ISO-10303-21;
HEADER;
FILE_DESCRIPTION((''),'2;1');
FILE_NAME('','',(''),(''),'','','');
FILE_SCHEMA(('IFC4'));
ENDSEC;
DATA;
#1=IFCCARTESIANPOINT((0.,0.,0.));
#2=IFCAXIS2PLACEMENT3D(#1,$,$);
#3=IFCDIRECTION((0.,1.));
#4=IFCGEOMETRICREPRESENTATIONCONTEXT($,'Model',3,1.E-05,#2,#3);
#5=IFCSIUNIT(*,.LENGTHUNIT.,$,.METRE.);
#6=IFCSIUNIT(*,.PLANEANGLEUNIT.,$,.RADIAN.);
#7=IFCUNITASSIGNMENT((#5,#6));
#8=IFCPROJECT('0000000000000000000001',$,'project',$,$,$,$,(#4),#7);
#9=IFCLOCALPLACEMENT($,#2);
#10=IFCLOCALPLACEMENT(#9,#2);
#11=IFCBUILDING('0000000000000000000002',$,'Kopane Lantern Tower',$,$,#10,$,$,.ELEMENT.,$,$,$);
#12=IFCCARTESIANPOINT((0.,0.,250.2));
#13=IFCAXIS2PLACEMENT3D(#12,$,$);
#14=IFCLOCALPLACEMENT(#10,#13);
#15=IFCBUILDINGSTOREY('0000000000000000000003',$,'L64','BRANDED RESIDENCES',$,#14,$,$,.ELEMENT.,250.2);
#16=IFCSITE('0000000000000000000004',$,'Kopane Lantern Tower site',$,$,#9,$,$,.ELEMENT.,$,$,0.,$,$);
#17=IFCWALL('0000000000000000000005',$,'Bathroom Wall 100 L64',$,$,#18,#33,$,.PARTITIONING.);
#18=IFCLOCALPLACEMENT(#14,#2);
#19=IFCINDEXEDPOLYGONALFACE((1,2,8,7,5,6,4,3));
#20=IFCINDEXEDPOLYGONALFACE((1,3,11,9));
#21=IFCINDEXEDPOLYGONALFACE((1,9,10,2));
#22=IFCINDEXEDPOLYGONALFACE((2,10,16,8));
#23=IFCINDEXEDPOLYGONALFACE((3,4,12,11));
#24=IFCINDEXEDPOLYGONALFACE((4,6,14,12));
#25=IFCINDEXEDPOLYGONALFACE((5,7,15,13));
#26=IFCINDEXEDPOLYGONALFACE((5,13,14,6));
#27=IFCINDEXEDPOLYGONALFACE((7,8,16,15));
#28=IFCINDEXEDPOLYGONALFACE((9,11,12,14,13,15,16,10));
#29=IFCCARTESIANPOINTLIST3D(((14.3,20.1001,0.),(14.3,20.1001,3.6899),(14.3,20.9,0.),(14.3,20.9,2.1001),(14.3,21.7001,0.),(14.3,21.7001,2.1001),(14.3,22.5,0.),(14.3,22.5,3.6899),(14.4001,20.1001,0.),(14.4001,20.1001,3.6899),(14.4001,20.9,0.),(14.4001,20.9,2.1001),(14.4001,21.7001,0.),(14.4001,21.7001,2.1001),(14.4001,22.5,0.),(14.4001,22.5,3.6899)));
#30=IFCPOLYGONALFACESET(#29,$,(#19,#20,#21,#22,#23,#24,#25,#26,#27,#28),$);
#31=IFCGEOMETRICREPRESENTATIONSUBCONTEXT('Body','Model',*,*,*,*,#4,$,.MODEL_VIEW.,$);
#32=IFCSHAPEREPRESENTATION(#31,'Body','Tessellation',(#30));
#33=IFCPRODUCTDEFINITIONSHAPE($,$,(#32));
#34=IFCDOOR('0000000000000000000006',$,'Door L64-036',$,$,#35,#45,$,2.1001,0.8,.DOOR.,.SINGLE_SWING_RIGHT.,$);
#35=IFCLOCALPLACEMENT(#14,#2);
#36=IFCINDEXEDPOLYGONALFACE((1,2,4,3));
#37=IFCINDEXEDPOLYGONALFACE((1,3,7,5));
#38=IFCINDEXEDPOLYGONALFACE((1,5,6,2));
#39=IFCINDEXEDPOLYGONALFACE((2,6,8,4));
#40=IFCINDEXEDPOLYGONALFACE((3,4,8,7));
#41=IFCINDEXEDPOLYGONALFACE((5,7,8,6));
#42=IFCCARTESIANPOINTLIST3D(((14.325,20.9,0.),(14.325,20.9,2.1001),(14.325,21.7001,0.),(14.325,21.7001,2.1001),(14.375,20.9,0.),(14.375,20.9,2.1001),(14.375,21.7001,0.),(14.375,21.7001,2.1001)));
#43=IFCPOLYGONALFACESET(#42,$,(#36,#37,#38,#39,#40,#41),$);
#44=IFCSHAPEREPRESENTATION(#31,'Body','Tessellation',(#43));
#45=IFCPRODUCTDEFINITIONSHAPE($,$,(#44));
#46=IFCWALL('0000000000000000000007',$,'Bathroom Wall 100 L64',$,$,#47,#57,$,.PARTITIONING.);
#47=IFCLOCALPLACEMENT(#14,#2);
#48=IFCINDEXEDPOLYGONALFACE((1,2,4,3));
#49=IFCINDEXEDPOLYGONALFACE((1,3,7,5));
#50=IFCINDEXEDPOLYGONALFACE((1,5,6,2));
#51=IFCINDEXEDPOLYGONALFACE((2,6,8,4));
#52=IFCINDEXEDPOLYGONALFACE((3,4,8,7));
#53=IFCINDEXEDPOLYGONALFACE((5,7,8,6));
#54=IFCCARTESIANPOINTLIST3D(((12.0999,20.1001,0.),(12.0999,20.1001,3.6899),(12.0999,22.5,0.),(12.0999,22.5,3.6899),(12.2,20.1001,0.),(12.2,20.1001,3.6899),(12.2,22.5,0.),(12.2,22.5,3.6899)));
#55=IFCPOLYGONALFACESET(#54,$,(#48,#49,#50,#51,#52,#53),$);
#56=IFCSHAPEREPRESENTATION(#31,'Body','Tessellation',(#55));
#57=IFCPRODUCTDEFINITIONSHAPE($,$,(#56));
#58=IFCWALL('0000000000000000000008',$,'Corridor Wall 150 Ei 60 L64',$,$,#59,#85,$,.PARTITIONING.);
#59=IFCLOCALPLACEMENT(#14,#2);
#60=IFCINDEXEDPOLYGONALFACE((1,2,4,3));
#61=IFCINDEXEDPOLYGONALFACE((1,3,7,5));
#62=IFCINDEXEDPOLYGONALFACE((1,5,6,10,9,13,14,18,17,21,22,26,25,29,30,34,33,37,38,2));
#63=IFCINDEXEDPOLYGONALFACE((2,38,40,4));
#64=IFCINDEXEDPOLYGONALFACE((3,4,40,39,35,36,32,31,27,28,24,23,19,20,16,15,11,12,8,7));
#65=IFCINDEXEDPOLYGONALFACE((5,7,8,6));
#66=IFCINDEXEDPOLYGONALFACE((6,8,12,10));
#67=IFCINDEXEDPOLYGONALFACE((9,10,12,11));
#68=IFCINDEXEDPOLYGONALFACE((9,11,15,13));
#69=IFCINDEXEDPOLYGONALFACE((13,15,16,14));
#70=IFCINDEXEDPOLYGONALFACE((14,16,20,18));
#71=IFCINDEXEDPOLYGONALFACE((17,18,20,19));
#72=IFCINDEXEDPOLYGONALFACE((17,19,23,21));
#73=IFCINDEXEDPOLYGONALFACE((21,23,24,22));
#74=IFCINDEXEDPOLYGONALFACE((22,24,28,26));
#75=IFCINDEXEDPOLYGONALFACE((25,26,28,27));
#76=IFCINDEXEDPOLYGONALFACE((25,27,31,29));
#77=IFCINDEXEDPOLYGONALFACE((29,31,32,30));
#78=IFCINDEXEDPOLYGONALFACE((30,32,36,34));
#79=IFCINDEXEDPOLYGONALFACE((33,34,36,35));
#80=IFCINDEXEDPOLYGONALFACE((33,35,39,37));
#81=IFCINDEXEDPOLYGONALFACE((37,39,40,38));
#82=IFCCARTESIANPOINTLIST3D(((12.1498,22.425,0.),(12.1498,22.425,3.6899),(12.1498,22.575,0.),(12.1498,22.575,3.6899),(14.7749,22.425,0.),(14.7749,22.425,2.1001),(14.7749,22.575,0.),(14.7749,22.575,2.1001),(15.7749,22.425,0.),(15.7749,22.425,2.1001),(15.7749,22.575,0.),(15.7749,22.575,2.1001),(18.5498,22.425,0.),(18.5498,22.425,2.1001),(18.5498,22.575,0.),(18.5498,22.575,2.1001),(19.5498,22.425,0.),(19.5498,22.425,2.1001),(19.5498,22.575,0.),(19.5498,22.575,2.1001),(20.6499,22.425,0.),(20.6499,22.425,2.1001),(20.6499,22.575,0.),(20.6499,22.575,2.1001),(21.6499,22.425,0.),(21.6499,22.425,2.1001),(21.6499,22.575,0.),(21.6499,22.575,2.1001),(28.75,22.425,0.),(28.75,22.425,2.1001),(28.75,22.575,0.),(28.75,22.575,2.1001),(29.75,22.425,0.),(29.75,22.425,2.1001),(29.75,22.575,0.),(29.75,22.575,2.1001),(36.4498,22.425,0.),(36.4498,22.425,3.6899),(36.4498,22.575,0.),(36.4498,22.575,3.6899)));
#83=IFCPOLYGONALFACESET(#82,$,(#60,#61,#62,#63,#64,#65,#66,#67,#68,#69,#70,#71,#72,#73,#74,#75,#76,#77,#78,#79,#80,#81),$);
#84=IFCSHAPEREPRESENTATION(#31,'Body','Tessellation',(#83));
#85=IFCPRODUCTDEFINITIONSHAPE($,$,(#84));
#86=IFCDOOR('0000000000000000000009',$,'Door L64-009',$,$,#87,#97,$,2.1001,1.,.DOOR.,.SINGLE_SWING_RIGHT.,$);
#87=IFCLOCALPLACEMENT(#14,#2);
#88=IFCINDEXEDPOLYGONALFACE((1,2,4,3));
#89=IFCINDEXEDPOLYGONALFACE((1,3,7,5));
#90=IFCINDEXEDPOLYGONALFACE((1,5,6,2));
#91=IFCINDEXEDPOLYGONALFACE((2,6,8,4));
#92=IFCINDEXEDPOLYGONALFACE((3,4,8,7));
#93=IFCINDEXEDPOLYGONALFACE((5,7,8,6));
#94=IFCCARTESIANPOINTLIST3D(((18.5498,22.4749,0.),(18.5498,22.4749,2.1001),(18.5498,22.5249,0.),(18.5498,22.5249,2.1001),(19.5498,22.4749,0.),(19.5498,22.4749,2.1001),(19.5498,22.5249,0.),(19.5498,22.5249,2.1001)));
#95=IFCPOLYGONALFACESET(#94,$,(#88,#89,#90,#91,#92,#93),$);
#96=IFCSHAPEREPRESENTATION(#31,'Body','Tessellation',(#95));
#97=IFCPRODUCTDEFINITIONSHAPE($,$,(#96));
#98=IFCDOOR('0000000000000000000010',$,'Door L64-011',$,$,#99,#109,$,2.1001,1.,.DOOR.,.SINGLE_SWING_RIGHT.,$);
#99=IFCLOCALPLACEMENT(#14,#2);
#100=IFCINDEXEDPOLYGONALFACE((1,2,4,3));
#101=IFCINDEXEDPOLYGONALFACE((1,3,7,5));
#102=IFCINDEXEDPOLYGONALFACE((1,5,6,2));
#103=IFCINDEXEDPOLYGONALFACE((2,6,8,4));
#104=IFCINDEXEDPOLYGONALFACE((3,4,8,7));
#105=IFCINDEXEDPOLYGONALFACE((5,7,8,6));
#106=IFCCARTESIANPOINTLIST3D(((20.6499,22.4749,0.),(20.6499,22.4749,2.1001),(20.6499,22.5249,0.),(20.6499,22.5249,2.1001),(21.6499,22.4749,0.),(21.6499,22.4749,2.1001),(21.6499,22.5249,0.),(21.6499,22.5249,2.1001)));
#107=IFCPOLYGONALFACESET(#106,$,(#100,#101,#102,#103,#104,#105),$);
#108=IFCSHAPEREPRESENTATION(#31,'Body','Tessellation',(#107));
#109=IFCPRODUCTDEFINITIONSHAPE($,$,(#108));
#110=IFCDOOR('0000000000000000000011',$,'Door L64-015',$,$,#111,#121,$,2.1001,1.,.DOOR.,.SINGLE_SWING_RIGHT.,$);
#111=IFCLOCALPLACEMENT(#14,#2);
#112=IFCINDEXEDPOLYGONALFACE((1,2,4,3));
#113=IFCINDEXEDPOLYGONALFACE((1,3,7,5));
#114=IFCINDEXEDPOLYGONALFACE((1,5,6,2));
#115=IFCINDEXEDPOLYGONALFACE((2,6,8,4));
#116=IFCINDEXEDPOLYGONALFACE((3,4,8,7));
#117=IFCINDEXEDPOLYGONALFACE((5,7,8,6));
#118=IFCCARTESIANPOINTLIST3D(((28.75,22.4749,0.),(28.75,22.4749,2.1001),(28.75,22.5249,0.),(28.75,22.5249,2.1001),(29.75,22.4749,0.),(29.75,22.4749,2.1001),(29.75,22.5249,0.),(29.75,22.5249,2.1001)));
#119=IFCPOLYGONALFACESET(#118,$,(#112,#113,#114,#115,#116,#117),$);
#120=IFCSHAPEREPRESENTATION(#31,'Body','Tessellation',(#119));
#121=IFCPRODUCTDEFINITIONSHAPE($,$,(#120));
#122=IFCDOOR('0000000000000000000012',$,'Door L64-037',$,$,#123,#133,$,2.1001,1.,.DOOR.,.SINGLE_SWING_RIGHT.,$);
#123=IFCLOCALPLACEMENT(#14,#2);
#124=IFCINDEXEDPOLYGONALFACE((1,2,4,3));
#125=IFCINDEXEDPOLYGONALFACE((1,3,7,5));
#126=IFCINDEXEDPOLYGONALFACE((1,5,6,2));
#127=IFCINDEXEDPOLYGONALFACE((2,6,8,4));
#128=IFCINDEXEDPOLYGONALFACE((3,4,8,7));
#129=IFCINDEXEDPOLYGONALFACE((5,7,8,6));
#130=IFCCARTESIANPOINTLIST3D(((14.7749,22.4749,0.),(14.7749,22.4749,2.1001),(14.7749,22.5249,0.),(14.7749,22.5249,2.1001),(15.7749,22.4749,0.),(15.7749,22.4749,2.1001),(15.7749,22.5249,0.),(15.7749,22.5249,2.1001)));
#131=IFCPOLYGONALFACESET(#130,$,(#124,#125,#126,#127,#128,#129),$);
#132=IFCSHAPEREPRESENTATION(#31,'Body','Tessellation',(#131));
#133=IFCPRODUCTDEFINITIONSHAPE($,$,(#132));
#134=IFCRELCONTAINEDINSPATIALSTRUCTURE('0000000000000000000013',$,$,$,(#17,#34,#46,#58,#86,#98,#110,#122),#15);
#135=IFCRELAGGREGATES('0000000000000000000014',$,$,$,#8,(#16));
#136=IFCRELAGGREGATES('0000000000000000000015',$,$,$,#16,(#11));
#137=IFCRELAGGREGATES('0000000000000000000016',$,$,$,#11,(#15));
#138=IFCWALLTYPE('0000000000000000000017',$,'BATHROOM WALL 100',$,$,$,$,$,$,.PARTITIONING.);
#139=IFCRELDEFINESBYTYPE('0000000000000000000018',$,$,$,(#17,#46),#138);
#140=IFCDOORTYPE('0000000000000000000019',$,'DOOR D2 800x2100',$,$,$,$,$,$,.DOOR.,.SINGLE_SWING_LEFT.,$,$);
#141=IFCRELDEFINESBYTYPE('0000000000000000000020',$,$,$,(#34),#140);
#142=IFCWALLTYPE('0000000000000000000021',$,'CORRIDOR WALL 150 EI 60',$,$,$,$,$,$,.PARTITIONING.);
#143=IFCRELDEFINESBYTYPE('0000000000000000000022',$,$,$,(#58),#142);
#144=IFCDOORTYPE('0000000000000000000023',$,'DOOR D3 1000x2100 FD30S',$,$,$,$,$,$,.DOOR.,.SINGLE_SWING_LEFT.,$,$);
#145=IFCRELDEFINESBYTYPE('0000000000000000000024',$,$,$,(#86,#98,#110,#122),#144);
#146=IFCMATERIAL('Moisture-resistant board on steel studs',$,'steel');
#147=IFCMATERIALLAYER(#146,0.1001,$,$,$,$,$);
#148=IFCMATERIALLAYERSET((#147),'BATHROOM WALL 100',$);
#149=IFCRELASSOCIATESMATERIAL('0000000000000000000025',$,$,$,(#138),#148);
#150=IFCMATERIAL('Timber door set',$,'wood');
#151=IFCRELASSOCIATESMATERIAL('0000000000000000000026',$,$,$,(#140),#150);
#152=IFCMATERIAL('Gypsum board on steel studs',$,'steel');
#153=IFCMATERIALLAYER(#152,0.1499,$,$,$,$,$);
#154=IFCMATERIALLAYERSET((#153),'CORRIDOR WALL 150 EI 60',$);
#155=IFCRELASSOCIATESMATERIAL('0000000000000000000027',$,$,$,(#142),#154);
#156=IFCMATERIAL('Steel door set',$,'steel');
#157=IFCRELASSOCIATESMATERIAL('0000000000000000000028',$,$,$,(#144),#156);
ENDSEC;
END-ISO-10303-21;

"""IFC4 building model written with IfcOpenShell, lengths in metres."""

from ifc_helpers import new_model, si_unit, direction, frame, frame_2d, origin, place, context, subcontext, project, spatial, rectangle, extrude, material, layer, layer_set, type_object, element, fill, save


model = new_model("IFC4")

# Units and contexts
model_context = context("Model", 3, precision=1e-05, world=origin(), true_north=direction((0.0, 1.0)))
body_context = subcontext(model_context, "Body", "Model", "MODEL_VIEW")
ifc_project = project(units=[si_unit("LENGTHUNIT", "METRE"), si_unit("PLANEANGLEUNIT", "RADIAN")], contexts=[model_context])

# Site, building, storey
site_placement = place(None, origin())
site = spatial("IfcSite", under=ifc_project, at=site_placement, Name="Kopane Lantern Tower site", CompositionType="ELEMENT", RefElevation=0.0)
building_placement = place(site_placement, origin())
building = spatial("IfcBuilding", under=site, at=building_placement, Name="Kopane Lantern Tower", CompositionType="ELEMENT")
storey_placement = place(building_placement, frame((0.0, 0.0, 250.2)))
storey = spatial("IfcBuildingStorey", under=building, at=storey_placement, Name="L64", Description="BRANDED RESIDENCES", CompositionType="ELEMENT", Elevation=250.2)

# Wall, opening, door
ifc_material_1 = material(Name="Moisture-resistant board on steel studs", Category="steel")
ifc_layer_1 = layer(ifc_material_1, 0.1001)
ifc_layer_set_1 = layer_set([ifc_layer_1], Name="BATHROOM WALL 100")
wall_type_1 = type_object("IfcWallType", Name="BATHROOM WALL 100", PredefinedType="PARTITIONING", material=ifc_layer_set_1)
wall_1_placement = place(storey_placement, frame((14.3501, 22.5, 0.0), z_axis=(0.0, 0.0, 1.0), x_axis=(0.0, -1.0, 0.0)))
wall_1 = element("IfcWall", 1, at=wall_1_placement, inside=storey, type_object=wall_type_1, Name="Bathroom Wall 100 L64", PredefinedType="PARTITIONING", context=body_context, shape_type="SweptSolid", body=[
    extrude(rectangle(XDim=2.3999, YDim=0.1001, at=frame_2d((1.2, 0.0))), origin(), (0.0, 0.0, 1.0), 3.6899),
])
opening_1_placement = place(wall_1_placement, frame((0.8, 0.0, 0.0)))
opening_1 = element("IfcOpeningElement", 2, at=opening_1_placement, cuts=wall_1, PredefinedType="OPENING", context=body_context, shape_type="SweptSolid", body=[
    extrude(rectangle(XDim=0.8, YDim=2.1001, at=frame_2d((0.3999, 1.05))), frame((0.0, 0.0601, 0.0), z_axis=(0.0, -1.0, 0.0), x_axis=(1.0, 0.0, 0.0)), (0.0, 0.0, 1.0), 0.1201),
])
ifc_material_2 = material(Name="Timber door set", Category="wood")
door_type_1 = type_object("IfcDoorType", Name="DOOR D2 800x2100", OperationType="SINGLE_SWING_LEFT", PredefinedType="DOOR", material=ifc_material_2)
door_1_placement = place(opening_1_placement, origin())
door_1 = element("IfcDoor", 3, at=door_1_placement, inside=storey, type_object=door_type_1, Name="Door L64-036", OperationType="SINGLE_SWING_RIGHT", OverallHeight=2.1001, OverallWidth=0.8, PredefinedType="DOOR", context=body_context, shape_type="SweptSolid", body=[
    extrude(rectangle(XDim=0.8, YDim=2.1001, at=frame_2d((0.3999, 1.05))), frame((0.0, 0.0249, 0.0), z_axis=(0.0, -1.0, 0.0), x_axis=(1.0, 0.0, 0.0)), (0.0, 0.0, 1.0), 0.05),
])
fill(opening_1, door_1)

# Wall
wall_2_placement = place(storey_placement, frame((12.1499, 22.5, 0.0), z_axis=(0.0, 0.0, 1.0), x_axis=(0.0, -1.0, 0.0)))
element("IfcWall", 4, at=wall_2_placement, inside=storey, type_object=wall_type_1, Name="Bathroom Wall 100 L64", PredefinedType="PARTITIONING", context=body_context, shape_type="SweptSolid", body=[
    extrude(rectangle(XDim=2.3999, YDim=0.1001, at=frame_2d((1.2, 0.0))), origin(), (0.0, 0.0, 1.0), 3.6899),
])

# Wall, openings, doors
ifc_material_3 = material(Name="Gypsum board on steel studs", Category="steel")
ifc_layer_2 = layer(ifc_material_3, 0.1499)
ifc_layer_set_2 = layer_set([ifc_layer_2], Name="CORRIDOR WALL 150 EI 60")
wall_type_2 = type_object("IfcWallType", Name="CORRIDOR WALL 150 EI 60", PredefinedType="PARTITIONING", material=ifc_layer_set_2)
wall_3_placement = place(storey_placement, frame((12.1499, 22.5, 0.0), z_axis=(0.0, 0.0, 1.0), x_axis=(1.0, 0.0, 0.0)))
wall_3 = element("IfcWall", 5, at=wall_3_placement, inside=storey, type_object=wall_type_2, Name="Corridor Wall 150 Ei 60 L64", PredefinedType="PARTITIONING", context=body_context, shape_type="SweptSolid", body=[
    extrude(rectangle(XDim=24.3, YDim=0.1499, at=frame_2d((12.1499, 0.0))), origin(), (0.0, 0.0, 1.0), 3.6899),
])
opening_2_placement = place(wall_3_placement, frame((6.3999, 0.0, 0.0)))
opening_2 = element("IfcOpeningElement", 6, at=opening_2_placement, cuts=wall_3, PredefinedType="OPENING", context=body_context, shape_type="SweptSolid", body=[
    extrude(rectangle(XDim=1.0, YDim=2.1001, at=frame_2d((0.5, 1.05))), frame((0.0, 0.085, 0.0), z_axis=(0.0, -1.0, 0.0), x_axis=(1.0, 0.0, 0.0)), (0.0, 0.0, 1.0), 0.1699),
])
opening_3_placement = place(wall_3_placement, frame((8.5, 0.0, 0.0)))
opening_3 = element("IfcOpeningElement", 7, at=opening_3_placement, cuts=wall_3, PredefinedType="OPENING", context=body_context, shape_type="SweptSolid", body=[
    extrude(rectangle(XDim=1.0, YDim=2.1001, at=frame_2d((0.5, 1.05))), frame((0.0, 0.085, 0.0), z_axis=(0.0, -1.0, 0.0), x_axis=(1.0, 0.0, 0.0)), (0.0, 0.0, 1.0), 0.1699),
])
opening_4_placement = place(wall_3_placement, frame((16.6001, 0.0, 0.0)))
opening_4 = element("IfcOpeningElement", 8, at=opening_4_placement, cuts=wall_3, PredefinedType="OPENING", context=body_context, shape_type="SweptSolid", body=[
    extrude(rectangle(XDim=1.0, YDim=2.1001, at=frame_2d((0.5, 1.05))), frame((0.0, 0.085, 0.0), z_axis=(0.0, -1.0, 0.0), x_axis=(1.0, 0.0, 0.0)), (0.0, 0.0, 1.0), 0.1699),
])
opening_5_placement = place(wall_3_placement, frame((2.625, 0.0, 0.0)))
opening_5 = element("IfcOpeningElement", 9, at=opening_5_placement, cuts=wall_3, PredefinedType="OPENING", context=body_context, shape_type="SweptSolid", body=[
    extrude(rectangle(XDim=1.0, YDim=2.1001, at=frame_2d((0.5, 1.05))), frame((0.0, 0.085, 0.0), z_axis=(0.0, -1.0, 0.0), x_axis=(1.0, 0.0, 0.0)), (0.0, 0.0, 1.0), 0.1699),
])
ifc_material_4 = material(Name="Steel door set", Category="steel")
door_type_2 = type_object("IfcDoorType", Name="DOOR D3 1000x2100 FD30S", OperationType="SINGLE_SWING_LEFT", PredefinedType="DOOR", material=ifc_material_4)
door_2_placement = place(opening_2_placement, origin())
door_2 = element("IfcDoor", 10, at=door_2_placement, inside=storey, type_object=door_type_2, Name="Door L64-009", OperationType="SINGLE_SWING_RIGHT", OverallHeight=2.1001, OverallWidth=1.0, PredefinedType="DOOR", context=body_context, shape_type="SweptSolid", body=[
    extrude(rectangle(XDim=1.0, YDim=2.1001, at=frame_2d((0.5, 1.05))), frame((0.0, 0.0249, 0.0), z_axis=(0.0, -1.0, 0.0), x_axis=(1.0, 0.0, 0.0)), (0.0, 0.0, 1.0), 0.05),
])
fill(opening_2, door_2)
door_3_placement = place(opening_3_placement, origin())
door_3 = element("IfcDoor", 11, at=door_3_placement, inside=storey, type_object=door_type_2, Name="Door L64-011", OperationType="SINGLE_SWING_RIGHT", OverallHeight=2.1001, OverallWidth=1.0, PredefinedType="DOOR", context=body_context, shape_type="SweptSolid", body=[
    extrude(rectangle(XDim=1.0, YDim=2.1001, at=frame_2d((0.5, 1.05))), frame((0.0, 0.0249, 0.0), z_axis=(0.0, -1.0, 0.0), x_axis=(1.0, 0.0, 0.0)), (0.0, 0.0, 1.0), 0.05),
])
fill(opening_3, door_3)
door_4_placement = place(opening_4_placement, origin())
door_4 = element("IfcDoor", 12, at=door_4_placement, inside=storey, type_object=door_type_2, Name="Door L64-015", OperationType="SINGLE_SWING_RIGHT", OverallHeight=2.1001, OverallWidth=1.0, PredefinedType="DOOR", context=body_context, shape_type="SweptSolid", body=[
    extrude(rectangle(XDim=1.0, YDim=2.1001, at=frame_2d((0.5, 1.05))), frame((0.0, 0.0249, 0.0), z_axis=(0.0, -1.0, 0.0), x_axis=(1.0, 0.0, 0.0)), (0.0, 0.0, 1.0), 0.05),
])
fill(opening_4, door_4)
door_5_placement = place(opening_5_placement, origin())
door_5 = element("IfcDoor", 13, at=door_5_placement, inside=storey, type_object=door_type_2, Name="Door L64-037", OperationType="SINGLE_SWING_RIGHT", OverallHeight=2.1001, OverallWidth=1.0, PredefinedType="DOOR", context=body_context, shape_type="SweptSolid", body=[
    extrude(rectangle(XDim=1.0, YDim=2.1001, at=frame_2d((0.5, 1.05))), frame((0.0, 0.0249, 0.0), z_axis=(0.0, -1.0, 0.0), x_axis=(1.0, 0.0, 0.0)), (0.0, 0.0, 1.0), 0.05),
])
fill(opening_5, door_5)

save(model, "model.ifc")
